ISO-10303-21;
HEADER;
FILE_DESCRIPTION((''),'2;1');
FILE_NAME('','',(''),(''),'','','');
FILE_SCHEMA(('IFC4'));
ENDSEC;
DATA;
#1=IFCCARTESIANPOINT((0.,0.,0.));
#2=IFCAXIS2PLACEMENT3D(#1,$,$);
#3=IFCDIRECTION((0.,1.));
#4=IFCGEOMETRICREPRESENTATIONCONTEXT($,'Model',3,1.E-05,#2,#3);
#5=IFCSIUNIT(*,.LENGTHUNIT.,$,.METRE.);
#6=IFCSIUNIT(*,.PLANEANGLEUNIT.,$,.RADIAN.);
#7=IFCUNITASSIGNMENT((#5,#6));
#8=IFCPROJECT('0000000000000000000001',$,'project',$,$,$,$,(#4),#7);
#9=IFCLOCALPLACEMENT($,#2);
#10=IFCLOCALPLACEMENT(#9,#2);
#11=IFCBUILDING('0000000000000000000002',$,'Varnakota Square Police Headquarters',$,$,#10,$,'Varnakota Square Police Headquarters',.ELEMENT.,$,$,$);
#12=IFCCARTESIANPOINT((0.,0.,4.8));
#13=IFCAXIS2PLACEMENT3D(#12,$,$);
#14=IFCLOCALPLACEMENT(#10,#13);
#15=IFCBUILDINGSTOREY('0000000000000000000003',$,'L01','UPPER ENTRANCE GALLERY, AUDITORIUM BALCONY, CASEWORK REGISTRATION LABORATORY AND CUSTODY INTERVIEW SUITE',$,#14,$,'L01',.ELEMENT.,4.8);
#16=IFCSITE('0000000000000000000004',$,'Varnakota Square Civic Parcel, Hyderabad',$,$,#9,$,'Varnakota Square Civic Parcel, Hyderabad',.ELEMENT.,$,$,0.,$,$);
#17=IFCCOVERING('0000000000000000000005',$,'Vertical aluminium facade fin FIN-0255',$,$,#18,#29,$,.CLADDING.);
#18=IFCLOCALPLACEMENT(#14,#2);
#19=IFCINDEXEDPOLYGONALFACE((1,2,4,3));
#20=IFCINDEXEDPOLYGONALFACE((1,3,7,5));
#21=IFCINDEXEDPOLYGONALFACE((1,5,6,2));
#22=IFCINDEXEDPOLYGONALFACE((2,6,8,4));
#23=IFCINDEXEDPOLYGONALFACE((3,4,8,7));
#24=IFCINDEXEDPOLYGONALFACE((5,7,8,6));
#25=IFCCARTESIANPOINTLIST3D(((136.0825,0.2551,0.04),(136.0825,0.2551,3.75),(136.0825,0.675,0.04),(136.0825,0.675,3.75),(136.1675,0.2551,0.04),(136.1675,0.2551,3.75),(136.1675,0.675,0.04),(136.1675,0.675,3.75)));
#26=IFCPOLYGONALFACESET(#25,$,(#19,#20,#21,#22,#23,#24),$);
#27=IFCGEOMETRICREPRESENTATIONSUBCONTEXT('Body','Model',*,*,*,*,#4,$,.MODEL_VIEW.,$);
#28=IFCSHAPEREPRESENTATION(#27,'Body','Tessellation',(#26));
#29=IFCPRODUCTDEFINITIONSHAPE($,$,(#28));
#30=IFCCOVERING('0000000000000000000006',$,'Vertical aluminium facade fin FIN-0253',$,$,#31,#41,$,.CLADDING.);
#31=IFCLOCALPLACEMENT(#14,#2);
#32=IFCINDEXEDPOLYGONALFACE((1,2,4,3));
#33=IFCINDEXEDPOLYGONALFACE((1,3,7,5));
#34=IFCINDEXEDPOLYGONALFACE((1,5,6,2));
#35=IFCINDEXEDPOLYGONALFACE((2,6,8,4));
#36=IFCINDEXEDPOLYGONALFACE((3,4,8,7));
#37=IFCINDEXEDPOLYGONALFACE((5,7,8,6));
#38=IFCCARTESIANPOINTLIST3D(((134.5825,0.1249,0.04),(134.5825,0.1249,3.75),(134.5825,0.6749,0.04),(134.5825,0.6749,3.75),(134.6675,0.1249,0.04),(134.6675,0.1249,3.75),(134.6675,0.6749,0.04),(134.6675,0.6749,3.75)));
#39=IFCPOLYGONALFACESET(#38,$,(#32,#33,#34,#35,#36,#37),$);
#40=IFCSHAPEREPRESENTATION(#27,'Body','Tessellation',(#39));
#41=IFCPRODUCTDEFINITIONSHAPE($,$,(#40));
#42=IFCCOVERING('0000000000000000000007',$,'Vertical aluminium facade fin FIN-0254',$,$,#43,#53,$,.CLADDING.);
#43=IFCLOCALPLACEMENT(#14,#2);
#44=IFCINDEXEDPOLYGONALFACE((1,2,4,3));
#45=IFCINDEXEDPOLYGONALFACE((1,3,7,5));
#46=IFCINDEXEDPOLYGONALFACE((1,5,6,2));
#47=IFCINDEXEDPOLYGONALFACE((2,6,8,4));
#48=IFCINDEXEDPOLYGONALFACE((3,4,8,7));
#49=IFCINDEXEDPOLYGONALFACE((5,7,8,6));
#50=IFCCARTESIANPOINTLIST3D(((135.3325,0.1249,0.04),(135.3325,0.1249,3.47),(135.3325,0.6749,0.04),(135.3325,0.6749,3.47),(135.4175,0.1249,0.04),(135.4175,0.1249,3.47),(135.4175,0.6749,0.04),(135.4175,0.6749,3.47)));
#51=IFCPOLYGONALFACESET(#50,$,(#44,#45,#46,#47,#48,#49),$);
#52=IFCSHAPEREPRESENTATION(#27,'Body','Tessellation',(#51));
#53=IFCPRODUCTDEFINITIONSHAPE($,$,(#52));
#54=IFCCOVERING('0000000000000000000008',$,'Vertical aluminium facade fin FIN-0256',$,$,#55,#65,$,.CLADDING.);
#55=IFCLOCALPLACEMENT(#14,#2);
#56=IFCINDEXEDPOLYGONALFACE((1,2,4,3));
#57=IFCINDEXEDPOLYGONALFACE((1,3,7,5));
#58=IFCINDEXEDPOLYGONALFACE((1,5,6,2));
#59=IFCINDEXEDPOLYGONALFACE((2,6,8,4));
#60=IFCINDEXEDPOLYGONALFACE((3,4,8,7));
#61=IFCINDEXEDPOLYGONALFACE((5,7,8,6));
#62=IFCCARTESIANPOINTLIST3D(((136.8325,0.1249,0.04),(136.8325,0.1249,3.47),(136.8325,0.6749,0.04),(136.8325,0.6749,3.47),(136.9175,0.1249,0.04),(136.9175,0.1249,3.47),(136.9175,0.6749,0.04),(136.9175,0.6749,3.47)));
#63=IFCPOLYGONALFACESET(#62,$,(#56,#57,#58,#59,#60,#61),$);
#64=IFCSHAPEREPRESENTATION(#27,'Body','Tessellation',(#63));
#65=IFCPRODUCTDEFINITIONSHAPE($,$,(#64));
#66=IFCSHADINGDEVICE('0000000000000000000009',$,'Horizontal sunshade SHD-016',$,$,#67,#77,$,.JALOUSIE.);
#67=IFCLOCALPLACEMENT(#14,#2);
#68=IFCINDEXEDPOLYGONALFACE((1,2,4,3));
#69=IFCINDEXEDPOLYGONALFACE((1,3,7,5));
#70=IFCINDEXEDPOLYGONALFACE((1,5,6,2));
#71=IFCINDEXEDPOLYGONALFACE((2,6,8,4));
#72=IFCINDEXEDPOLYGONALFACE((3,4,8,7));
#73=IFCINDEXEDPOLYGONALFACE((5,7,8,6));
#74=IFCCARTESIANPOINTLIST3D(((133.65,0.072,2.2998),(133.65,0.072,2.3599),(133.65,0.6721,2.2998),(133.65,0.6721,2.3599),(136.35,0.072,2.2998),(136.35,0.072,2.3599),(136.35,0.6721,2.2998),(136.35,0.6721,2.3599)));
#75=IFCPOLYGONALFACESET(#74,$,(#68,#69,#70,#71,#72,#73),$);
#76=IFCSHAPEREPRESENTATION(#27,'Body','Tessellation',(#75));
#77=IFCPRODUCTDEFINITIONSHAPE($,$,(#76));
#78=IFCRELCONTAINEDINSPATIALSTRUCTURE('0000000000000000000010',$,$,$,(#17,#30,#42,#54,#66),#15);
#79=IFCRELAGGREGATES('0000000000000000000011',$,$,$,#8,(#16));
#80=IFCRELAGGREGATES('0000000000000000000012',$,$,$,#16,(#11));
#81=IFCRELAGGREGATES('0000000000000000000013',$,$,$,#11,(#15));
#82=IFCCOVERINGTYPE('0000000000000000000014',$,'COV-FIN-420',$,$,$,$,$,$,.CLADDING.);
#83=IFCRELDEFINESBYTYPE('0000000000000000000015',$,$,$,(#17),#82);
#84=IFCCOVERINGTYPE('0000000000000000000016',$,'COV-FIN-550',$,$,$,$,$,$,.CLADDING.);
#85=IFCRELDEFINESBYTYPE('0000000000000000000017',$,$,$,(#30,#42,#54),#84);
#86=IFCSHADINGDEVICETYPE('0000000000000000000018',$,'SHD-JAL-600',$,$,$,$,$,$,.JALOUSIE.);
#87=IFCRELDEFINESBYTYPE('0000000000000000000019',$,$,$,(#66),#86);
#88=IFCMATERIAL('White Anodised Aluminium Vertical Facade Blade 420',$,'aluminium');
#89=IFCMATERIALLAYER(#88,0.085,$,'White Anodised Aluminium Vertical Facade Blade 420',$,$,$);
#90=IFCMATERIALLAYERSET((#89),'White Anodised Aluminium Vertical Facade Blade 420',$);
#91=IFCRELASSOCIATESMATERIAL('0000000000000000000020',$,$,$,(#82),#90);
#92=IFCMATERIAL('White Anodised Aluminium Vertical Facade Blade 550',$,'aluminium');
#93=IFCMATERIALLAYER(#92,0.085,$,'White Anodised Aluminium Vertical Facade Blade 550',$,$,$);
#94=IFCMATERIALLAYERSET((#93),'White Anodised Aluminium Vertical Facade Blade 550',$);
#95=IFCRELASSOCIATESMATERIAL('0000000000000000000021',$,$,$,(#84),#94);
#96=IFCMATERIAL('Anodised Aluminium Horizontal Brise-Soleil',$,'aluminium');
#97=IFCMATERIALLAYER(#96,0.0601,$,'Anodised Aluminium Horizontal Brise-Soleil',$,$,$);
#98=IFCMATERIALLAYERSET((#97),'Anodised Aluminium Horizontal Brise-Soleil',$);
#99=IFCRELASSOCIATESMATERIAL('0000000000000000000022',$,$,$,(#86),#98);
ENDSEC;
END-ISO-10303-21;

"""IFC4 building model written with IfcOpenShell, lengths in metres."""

from ifc_helpers import new_model, si_unit, direction, frame, origin, origin_2d, place, context, subcontext, project, spatial, rectangle, extrude, material, layer, layer_set, type_object, element, save


model = new_model("IFC4")

# Units and contexts
model_context = context("Model", 3, precision=1e-05, world=origin(), true_north=direction((0.0, 1.0)))
body_context = subcontext(model_context, "Body", "Model", "MODEL_VIEW")
ifc_project = project(units=[si_unit("LENGTHUNIT", "METRE"), si_unit("PLANEANGLEUNIT", "RADIAN")], contexts=[model_context])

# Site, building, storey
site_placement = place(None, origin())
site = spatial("IfcSite", under=ifc_project, at=site_placement, Name="Varnakota Square Civic Parcel, Hyderabad", LongName="Varnakota Square Civic Parcel, Hyderabad", CompositionType="ELEMENT", RefElevation=0.0)
building_placement = place(site_placement, origin())
building = spatial("IfcBuilding", under=site, at=building_placement, Name="Varnakota Square Police Headquarters", LongName="Varnakota Square Police Headquarters", CompositionType="ELEMENT")
storey_placement = place(building_placement, frame((0.0, 0.0, 4.8)))
storey = spatial("IfcBuildingStorey", under=building, at=storey_placement, Name="L01", Description="UPPER ENTRANCE GALLERY, AUDITORIUM BALCONY, CASEWORK REGISTRATION LABORATORY AND CUSTODY INTERVIEW SUITE", LongName="L01", CompositionType="ELEMENT", Elevation=4.8)

# Coverings
ifc_material_1 = material(Name="White Anodised Aluminium Vertical Facade Blade 420", Category="aluminium")
ifc_layer_1 = layer(ifc_material_1, 0.085, Name="White Anodised Aluminium Vertical Facade Blade 420")
ifc_layer_set_1 = layer_set([ifc_layer_1], Name="White Anodised Aluminium Vertical Facade Blade 420")
covering_type_1 = type_object("IfcCoveringType", Name="COV-FIN-420", PredefinedType="CLADDING", material=ifc_layer_set_1)
covering_1_placement = place(storey_placement, frame((136.125, 0.4651, 0.04), z_axis=(0.0, 0.0, 1.0), x_axis=(1.0, 0.0, 0.0)))
element("IfcCovering", 1, at=covering_1_placement, inside=storey, type_object=covering_type_1, Name="Vertical aluminium facade fin FIN-0255", PredefinedType="CLADDING", context=body_context, shape_type="SweptSolid", body=[
    extrude(rectangle(XDim=0.085, YDim=0.4199, at=origin_2d()), origin(), (0.0, 0.0, 1.0), 3.71),
])
ifc_material_2 = material(Name="White Anodised Aluminium Vertical Facade Blade 550", Category="aluminium")
ifc_layer_2 = layer(ifc_material_2, 0.085, Name="White Anodised Aluminium Vertical Facade Blade 550")
ifc_layer_set_2 = layer_set([ifc_layer_2], Name="White Anodised Aluminium Vertical Facade Blade 550")
covering_type_2 = type_object("IfcCoveringType", Name="COV-FIN-550", PredefinedType="CLADDING", material=ifc_layer_set_2)
covering_2_placement = place(storey_placement, frame((134.625, 0.3999, 0.04), z_axis=(0.0, 0.0, 1.0), x_axis=(1.0, 0.0, 0.0)))
element("IfcCovering", 2, at=covering_2_placement, inside=storey, type_object=covering_type_2, Name="Vertical aluminium facade fin FIN-0253", PredefinedType="CLADDING", context=body_context, shape_type="SweptSolid", body=[
    extrude(rectangle(XDim=0.085, YDim=0.55, at=origin_2d()), origin(), (0.0, 0.0, 1.0), 3.71),
])
for number, where, z_axis, x_axis, name in (
    (3, (135.375, 0.3999, 0.04), (0.0, 0.0, 1.0), (1.0, 0.0, 0.0), "Vertical aluminium facade fin FIN-0254"),
    (4, (136.875, 0.3999, 0.04), (0.0, 0.0, 1.0), (1.0, 0.0, 0.0), "Vertical aluminium facade fin FIN-0256"),
):
    element("IfcCovering", number, at=place(storey_placement, frame(where, z_axis=z_axis, x_axis=x_axis)), inside=storey, type_object=covering_type_2, Name=name, PredefinedType="CLADDING", context=body_context, shape_type="SweptSolid", body=[
        extrude(rectangle(XDim=0.085, YDim=0.55, at=origin_2d()), origin(), (0.0, 0.0, 1.0), 3.4299),
    ])

# Shading device
ifc_material_3 = material(Name="Anodised Aluminium Horizontal Brise-Soleil", Category="aluminium")
ifc_layer_3 = layer(ifc_material_3, 0.0601, Name="Anodised Aluminium Horizontal Brise-Soleil")
ifc_layer_set_3 = layer_set([ifc_layer_3], Name="Anodised Aluminium Horizontal Brise-Soleil")
shading_device_type = type_object("IfcShadingDeviceType", Name="SHD-JAL-600", PredefinedType="JALOUSIE", material=ifc_layer_set_3)
shading_device_placement = place(storey_placement, frame((135.0, 0.3721, 2.2998), z_axis=(0.0, 0.0, 1.0), x_axis=(1.0, 0.0, 0.0)))
element("IfcShadingDevice", 5, at=shading_device_placement, inside=storey, type_object=shading_device_type, Name="Horizontal sunshade SHD-016", PredefinedType="JALOUSIE", context=body_context, shape_type="SweptSolid", body=[
    extrude(rectangle(XDim=2.7, YDim=0.6001, at=origin_2d()), origin(), (0.0, 0.0, 1.0), 0.0601),
])

save(model, "model.ifc")
